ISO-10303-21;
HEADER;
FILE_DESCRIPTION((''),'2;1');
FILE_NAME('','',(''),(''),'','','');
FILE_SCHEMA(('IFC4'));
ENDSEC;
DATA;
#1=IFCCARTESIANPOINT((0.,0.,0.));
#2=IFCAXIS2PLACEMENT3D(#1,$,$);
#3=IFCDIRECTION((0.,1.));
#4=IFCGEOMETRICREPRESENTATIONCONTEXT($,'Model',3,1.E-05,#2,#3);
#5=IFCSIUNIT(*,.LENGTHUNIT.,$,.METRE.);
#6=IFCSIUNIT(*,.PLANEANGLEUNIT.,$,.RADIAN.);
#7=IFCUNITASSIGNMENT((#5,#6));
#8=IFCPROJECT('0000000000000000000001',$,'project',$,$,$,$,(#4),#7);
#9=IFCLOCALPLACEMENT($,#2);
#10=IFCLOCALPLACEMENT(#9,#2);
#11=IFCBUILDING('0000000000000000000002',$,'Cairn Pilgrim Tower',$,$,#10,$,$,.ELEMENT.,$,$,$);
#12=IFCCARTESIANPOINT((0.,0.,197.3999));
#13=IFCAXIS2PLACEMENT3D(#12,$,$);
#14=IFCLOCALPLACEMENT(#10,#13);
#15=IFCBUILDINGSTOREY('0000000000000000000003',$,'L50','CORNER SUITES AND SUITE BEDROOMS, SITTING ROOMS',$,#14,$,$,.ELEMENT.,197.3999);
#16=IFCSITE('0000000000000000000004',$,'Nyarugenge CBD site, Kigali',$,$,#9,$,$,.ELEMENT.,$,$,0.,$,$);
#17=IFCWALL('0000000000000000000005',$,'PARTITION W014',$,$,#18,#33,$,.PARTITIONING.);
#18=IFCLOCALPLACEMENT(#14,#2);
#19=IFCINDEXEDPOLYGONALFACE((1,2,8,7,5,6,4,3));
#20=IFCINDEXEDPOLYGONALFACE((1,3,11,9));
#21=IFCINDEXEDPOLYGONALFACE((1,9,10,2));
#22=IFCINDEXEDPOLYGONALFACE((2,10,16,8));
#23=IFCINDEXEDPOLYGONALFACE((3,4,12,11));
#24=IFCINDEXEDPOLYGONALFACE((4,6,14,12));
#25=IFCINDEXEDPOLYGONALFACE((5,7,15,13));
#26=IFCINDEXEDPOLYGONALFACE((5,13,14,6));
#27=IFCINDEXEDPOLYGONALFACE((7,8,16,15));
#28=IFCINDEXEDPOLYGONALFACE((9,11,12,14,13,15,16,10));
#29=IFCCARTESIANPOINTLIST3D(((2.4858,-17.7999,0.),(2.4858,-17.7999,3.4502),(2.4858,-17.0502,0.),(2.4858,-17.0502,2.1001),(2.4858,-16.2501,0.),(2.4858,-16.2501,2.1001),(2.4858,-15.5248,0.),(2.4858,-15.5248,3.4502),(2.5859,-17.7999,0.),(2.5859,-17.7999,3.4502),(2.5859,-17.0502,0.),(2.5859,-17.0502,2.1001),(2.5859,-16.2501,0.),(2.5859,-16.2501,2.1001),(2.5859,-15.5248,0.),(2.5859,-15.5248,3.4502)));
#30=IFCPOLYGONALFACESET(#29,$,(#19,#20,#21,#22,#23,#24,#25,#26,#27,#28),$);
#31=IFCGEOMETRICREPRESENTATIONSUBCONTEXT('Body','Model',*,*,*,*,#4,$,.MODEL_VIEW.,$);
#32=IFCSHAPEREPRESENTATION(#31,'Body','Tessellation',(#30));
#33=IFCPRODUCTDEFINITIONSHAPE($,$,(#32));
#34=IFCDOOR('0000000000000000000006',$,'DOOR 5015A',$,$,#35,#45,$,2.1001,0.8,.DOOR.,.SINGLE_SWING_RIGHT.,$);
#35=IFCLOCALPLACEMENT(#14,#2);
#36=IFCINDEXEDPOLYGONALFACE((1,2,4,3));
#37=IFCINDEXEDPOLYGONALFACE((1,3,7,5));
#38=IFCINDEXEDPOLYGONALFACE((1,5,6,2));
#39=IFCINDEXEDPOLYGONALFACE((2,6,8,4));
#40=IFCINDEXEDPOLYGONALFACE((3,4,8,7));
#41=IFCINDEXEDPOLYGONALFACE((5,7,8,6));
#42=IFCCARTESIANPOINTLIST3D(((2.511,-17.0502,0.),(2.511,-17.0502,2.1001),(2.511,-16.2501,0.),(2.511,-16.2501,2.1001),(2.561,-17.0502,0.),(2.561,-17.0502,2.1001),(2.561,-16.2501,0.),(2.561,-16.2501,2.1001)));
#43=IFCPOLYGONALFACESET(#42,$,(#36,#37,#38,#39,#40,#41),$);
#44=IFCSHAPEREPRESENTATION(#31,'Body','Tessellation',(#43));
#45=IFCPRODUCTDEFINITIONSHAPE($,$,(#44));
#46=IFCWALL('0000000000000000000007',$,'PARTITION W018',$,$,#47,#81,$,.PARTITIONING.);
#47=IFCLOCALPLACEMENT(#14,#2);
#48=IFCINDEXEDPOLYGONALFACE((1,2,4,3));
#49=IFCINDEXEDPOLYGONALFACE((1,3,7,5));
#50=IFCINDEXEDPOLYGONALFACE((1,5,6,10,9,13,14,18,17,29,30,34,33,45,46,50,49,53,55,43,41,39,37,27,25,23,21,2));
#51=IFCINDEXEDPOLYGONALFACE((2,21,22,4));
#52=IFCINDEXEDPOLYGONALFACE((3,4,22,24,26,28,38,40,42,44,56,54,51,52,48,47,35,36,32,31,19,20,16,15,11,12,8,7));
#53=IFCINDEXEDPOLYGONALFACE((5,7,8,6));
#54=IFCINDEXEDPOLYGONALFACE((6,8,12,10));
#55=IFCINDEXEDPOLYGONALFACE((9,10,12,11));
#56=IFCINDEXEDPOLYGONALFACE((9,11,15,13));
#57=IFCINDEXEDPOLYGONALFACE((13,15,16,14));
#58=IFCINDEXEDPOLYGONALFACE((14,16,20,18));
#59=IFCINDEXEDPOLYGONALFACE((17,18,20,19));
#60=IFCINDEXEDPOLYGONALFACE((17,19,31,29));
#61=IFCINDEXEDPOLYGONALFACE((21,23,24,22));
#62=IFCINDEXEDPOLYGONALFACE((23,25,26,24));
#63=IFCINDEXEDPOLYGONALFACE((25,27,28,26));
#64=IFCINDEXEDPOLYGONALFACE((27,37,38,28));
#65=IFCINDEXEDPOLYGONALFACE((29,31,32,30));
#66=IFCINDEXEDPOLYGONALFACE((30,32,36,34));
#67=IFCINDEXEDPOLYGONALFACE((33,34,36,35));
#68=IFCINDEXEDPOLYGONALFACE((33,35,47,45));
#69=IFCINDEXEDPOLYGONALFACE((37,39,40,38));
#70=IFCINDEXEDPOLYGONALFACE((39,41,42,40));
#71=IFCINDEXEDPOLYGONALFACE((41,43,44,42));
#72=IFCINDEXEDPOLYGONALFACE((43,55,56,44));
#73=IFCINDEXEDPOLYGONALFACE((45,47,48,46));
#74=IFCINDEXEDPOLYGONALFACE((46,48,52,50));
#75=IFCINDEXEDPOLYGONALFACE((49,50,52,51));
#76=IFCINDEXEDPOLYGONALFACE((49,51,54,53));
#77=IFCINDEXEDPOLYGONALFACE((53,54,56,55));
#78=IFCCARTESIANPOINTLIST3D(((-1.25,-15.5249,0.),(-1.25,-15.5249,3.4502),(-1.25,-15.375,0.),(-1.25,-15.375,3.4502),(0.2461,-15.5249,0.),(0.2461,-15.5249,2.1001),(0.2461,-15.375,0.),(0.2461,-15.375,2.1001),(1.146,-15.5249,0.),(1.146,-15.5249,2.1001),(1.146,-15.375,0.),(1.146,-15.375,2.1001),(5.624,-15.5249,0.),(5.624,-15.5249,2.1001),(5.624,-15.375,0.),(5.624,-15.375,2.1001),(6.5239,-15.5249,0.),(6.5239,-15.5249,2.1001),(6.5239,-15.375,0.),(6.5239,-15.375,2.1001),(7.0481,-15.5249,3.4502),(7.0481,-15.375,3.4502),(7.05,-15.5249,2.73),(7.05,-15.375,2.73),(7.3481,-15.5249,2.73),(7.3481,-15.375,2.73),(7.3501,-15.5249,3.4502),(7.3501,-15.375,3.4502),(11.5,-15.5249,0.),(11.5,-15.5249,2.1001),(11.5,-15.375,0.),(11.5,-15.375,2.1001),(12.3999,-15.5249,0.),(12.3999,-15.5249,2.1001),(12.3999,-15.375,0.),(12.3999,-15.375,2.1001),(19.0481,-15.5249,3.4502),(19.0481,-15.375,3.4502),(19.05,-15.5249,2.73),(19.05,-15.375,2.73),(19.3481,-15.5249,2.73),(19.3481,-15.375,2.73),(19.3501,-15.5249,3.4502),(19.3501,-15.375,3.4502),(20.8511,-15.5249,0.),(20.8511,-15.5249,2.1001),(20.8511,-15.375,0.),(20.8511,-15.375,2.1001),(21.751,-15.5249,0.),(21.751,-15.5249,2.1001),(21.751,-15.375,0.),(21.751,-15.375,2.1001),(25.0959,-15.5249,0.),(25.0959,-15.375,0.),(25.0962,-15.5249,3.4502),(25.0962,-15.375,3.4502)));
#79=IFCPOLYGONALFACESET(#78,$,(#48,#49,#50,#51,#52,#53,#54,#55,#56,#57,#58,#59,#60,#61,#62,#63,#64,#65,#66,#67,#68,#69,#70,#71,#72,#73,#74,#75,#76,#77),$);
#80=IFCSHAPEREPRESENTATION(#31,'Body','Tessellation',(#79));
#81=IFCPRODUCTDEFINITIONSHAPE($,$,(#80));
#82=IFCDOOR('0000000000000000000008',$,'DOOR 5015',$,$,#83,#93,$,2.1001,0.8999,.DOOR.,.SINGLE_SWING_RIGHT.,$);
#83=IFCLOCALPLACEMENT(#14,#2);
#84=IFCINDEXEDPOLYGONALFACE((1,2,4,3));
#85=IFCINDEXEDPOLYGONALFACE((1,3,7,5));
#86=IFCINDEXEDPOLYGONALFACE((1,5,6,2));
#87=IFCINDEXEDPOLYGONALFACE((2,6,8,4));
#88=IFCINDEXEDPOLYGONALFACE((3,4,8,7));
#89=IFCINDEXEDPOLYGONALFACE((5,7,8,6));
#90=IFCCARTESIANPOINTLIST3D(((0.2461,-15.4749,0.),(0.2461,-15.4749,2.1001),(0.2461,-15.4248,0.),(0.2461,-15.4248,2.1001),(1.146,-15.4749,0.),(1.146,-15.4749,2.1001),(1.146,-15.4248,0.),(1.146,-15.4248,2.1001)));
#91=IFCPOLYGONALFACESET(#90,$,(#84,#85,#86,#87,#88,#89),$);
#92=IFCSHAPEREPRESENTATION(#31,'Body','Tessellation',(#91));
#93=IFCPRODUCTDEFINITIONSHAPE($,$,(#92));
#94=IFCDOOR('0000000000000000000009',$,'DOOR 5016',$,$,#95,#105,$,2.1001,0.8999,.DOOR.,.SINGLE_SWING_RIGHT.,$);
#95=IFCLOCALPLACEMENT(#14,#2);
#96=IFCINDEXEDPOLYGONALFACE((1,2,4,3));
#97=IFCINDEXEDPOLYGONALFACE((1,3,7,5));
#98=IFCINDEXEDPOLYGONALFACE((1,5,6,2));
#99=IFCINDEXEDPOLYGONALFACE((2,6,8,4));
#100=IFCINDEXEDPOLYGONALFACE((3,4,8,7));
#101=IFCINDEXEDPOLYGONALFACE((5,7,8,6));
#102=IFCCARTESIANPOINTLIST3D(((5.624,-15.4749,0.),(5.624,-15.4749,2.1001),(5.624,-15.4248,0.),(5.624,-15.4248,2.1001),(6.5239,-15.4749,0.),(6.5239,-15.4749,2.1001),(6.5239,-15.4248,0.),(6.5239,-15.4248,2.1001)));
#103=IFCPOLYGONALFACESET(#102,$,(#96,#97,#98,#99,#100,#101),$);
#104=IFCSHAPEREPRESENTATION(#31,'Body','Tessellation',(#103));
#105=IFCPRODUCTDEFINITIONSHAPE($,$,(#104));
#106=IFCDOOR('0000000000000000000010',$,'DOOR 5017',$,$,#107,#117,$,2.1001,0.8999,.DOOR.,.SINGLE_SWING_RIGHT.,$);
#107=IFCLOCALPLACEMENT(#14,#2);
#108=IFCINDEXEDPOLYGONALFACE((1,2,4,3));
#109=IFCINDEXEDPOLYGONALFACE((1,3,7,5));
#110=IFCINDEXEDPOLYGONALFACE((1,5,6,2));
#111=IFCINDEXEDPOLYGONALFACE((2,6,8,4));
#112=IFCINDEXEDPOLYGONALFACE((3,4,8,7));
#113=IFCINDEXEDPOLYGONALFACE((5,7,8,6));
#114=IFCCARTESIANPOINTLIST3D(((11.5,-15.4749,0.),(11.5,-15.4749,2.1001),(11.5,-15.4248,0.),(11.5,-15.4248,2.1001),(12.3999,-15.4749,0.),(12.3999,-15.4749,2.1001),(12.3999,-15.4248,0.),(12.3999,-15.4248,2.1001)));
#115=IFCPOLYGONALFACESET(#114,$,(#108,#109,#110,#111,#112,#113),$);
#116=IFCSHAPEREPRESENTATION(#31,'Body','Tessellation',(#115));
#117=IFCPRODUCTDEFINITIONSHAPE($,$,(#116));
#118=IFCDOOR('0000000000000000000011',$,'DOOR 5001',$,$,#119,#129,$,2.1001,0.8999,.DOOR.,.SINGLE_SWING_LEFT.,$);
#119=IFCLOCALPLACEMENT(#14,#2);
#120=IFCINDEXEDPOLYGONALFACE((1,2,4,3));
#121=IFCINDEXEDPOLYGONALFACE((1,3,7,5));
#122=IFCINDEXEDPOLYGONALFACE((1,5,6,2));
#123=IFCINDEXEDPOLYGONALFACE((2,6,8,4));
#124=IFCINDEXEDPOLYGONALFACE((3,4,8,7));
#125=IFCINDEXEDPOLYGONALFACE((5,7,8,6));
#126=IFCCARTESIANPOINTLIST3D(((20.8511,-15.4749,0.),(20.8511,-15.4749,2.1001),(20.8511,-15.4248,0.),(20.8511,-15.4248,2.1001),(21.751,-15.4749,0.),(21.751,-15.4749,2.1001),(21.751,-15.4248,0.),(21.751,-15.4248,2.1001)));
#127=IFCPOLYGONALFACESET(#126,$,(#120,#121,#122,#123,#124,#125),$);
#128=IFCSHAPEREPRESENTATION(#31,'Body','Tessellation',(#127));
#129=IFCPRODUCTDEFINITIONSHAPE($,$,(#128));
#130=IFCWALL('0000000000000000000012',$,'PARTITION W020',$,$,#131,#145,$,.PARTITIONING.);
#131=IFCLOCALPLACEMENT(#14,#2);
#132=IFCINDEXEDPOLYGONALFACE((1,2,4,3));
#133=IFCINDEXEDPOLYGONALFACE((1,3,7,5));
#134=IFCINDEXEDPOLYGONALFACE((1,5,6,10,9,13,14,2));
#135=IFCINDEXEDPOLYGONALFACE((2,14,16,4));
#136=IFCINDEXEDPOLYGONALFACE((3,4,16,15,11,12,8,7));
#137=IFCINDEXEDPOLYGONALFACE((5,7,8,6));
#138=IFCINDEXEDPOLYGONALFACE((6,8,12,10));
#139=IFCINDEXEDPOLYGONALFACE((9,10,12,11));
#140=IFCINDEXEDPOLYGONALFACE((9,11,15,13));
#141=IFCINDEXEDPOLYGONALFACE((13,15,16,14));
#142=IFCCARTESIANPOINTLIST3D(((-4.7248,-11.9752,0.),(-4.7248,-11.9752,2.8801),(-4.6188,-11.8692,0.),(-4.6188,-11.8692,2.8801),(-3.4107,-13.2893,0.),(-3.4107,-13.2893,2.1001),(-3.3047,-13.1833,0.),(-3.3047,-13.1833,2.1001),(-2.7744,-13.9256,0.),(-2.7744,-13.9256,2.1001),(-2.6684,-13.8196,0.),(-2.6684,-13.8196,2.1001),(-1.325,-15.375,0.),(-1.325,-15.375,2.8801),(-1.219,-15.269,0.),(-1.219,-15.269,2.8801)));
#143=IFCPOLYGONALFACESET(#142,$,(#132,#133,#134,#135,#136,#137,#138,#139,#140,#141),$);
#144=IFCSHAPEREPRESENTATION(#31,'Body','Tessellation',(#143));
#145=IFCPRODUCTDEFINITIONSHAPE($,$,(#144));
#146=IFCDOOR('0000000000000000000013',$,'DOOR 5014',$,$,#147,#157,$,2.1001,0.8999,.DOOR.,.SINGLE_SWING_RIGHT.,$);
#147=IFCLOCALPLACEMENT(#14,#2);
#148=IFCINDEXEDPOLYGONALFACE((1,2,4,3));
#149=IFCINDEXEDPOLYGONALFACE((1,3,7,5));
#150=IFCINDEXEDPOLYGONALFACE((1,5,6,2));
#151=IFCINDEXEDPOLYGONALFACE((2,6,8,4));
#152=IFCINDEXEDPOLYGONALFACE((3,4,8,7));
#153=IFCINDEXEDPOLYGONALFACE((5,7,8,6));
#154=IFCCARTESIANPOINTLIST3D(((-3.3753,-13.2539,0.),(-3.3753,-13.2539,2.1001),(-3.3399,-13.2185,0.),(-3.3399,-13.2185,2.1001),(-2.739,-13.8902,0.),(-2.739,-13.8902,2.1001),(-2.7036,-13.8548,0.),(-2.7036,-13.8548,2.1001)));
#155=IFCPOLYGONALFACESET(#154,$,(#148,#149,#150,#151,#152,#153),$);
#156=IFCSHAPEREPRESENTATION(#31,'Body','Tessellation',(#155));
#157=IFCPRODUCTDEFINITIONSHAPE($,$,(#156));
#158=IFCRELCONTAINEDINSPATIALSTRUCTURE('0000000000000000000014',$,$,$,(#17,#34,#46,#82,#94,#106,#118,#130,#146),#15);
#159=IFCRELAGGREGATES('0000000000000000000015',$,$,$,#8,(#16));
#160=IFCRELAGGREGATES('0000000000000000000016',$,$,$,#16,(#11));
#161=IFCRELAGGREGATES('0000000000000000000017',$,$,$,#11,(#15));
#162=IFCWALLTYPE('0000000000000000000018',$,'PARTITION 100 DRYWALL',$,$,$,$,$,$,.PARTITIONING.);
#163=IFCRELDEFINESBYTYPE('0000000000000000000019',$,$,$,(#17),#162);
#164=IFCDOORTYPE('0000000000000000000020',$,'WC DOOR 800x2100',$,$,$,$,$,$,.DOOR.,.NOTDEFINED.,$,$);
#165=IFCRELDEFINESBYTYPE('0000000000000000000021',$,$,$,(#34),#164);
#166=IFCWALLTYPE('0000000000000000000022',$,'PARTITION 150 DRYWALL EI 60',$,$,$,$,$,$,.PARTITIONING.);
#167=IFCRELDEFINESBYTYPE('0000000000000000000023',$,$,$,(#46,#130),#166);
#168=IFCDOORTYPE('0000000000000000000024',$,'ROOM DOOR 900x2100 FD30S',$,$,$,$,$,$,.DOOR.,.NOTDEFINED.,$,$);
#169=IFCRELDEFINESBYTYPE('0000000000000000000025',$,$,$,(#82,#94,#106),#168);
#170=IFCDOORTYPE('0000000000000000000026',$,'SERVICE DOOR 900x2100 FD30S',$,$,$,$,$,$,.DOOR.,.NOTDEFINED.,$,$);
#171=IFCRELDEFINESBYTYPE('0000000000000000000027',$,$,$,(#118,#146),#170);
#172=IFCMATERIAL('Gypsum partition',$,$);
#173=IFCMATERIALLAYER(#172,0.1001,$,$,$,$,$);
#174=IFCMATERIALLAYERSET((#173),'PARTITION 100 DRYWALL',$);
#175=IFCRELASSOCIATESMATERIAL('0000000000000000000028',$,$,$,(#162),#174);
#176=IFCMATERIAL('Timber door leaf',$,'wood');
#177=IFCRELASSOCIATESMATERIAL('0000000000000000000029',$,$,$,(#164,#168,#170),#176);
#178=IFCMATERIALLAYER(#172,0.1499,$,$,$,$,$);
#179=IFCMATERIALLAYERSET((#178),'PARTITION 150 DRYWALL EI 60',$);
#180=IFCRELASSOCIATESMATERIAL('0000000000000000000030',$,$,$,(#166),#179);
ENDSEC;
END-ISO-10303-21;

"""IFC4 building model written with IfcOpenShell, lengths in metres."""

from ifc_helpers import new_model, si_unit, direction, frame, frame_2d, origin, place, context, subcontext, project, spatial, polyline, rectangle, outline, extrude, material, layer, layer_set, type_object, element, fill, save


model = new_model("IFC4")

# Units and contexts
model_context = context("Model", 3, precision=1e-05, world=origin(), true_north=direction((0.0, 1.0)))
body_context = subcontext(model_context, "Body", "Model", "MODEL_VIEW")
ifc_project = project(units=[si_unit("LENGTHUNIT", "METRE"), si_unit("PLANEANGLEUNIT", "RADIAN")], contexts=[model_context])

# Site, building, storey
site_placement = place(None, origin())
site = spatial("IfcSite", under=ifc_project, at=site_placement, Name="Nyarugenge CBD site, Kigali", CompositionType="ELEMENT", RefElevation=0.0)
building_placement = place(site_placement, origin())
building = spatial("IfcBuilding", under=site, at=building_placement, Name="Cairn Pilgrim Tower", CompositionType="ELEMENT")
storey_placement = place(building_placement, frame((0.0, 0.0, 197.3999)))
storey = spatial("IfcBuildingStorey", under=building, at=storey_placement, Name="L50", Description="CORNER SUITES AND SUITE BEDROOMS, SITTING ROOMS", CompositionType="ELEMENT", Elevation=197.3999)

# Shared definitions
ifc_material_1 = material(Name="Gypsum partition")
ifc_layer_1 = layer(ifc_material_1, 0.1001)
ifc_layer_set_1 = layer_set([ifc_layer_1], Name="PARTITION 100 DRYWALL")
wall_type_1 = type_object("IfcWallType", Name="PARTITION 100 DRYWALL", PredefinedType="PARTITIONING", material=ifc_layer_set_1)

# Shared definitions
ifc_material_2 = material(Name="Timber door leaf", Category="wood")

# Wall, opening, door
wall_1_placement = place(storey_placement, frame((2.5359, -17.8, 0.0), z_axis=(0.0, 0.0, 1.0), x_axis=(0.0, 1.0, 0.0)))
wall_1 = element("IfcWall", 1, at=wall_1_placement, inside=storey, type_object=wall_type_1, Name="PARTITION W014", PredefinedType="PARTITIONING", context=body_context, shape_type="SweptSolid", body=[
    extrude(rectangle(XDim=2.2751, YDim=0.1001, at=frame_2d((1.1377, 0.0))), origin(), (0.0, 0.0, 1.0), 3.4502),
])
opening_1_placement = place(wall_1_placement, frame((0.75, 0.0, 0.0)))
opening_1 = element("IfcOpeningElement", 2, at=opening_1_placement, cuts=wall_1, PredefinedType="OPENING", context=body_context, shape_type="SweptSolid", body=[
    extrude(rectangle(XDim=0.8, YDim=2.1001, at=frame_2d((0.3999, 1.05))), frame((0.0, 0.0601, 0.0), z_axis=(0.0, -1.0, 0.0), x_axis=(1.0, 0.0, 0.0)), (0.0, 0.0, 1.0), 0.1201),
])
door_type_1 = type_object("IfcDoorType", Name="WC DOOR 800x2100", OperationType="NOTDEFINED", PredefinedType="DOOR", material=ifc_material_2)
door_1_placement = place(opening_1_placement, origin())
door_1 = element("IfcDoor", 3, at=door_1_placement, inside=storey, type_object=door_type_1, Name="DOOR 5015A", OperationType="SINGLE_SWING_RIGHT", OverallHeight=2.1001, OverallWidth=0.8, PredefinedType="DOOR", context=body_context, shape_type="SweptSolid", body=[
    extrude(rectangle(XDim=0.8, YDim=2.1001, at=frame_2d((0.3999, 1.05))), frame((0.0, 0.0249, 0.0), z_axis=(0.0, -1.0, 0.0), x_axis=(1.0, 0.0, 0.0)), (0.0, 0.0, 1.0), 0.05),
])
fill(opening_1, door_1)

# Wall, openings, doors
ifc_layer_2 = layer(ifc_material_1, 0.1499)
ifc_layer_set_2 = layer_set([ifc_layer_2], Name="PARTITION 150 DRYWALL EI 60")
wall_type_2 = type_object("IfcWallType", Name="PARTITION 150 DRYWALL EI 60", PredefinedType="PARTITIONING", material=ifc_layer_set_2)
wall_2_placement = place(storey_placement, frame((-1.25, -15.45, 0.0), z_axis=(0.0, 0.0, 1.0), x_axis=(1.0, 0.0, 0.0)))
wall_2 = element("IfcWall", 4, at=wall_2_placement, inside=storey, type_object=wall_type_2, Name="PARTITION W018", PredefinedType="PARTITIONING", context=body_context, shape_type="SweptSolid", body=[
    extrude(outline(polyline([(0.0, 0.0), (26.3459, 0.0), (26.3462, 3.4502), (20.6001, 3.4502), (20.5981, 2.73), (20.3, 2.73), (20.2981, 3.4502), (8.6001, 3.4502), (8.5981, 2.73), (8.3, 2.73), (8.2981, 3.4502), (0.0, 3.4502), (0.0, 0.0)])), frame((0.0, 0.075, 0.0), z_axis=(0.0, -1.0, 0.0), x_axis=(1.0, 0.0, 0.0)), (0.0, 0.0, 1.0), 0.1499),
])
opening_2_placement = place(wall_2_placement, frame((22.1011, 0.0, 0.0)))
opening_2 = element("IfcOpeningElement", 5, at=opening_2_placement, cuts=wall_2, PredefinedType="OPENING", context=body_context, shape_type="SweptSolid", body=[
    extrude(rectangle(XDim=0.8999, YDim=2.1001, at=frame_2d((0.45, 1.05))), frame((0.0, 0.085, 0.0), z_axis=(0.0, -1.0, 0.0), x_axis=(1.0, 0.0, 0.0)), (0.0, 0.0, 1.0), 0.1699),
])
opening_3_placement = place(wall_2_placement, frame((1.4961, 0.0, 0.0)))
opening_3 = element("IfcOpeningElement", 6, at=opening_3_placement, cuts=wall_2, PredefinedType="OPENING", context=body_context, shape_type="SweptSolid", body=[
    extrude(rectangle(XDim=0.8999, YDim=2.1001, at=frame_2d((0.45, 1.05))), frame((0.0, 0.085, 0.0), z_axis=(0.0, -1.0, 0.0), x_axis=(1.0, 0.0, 0.0)), (0.0, 0.0, 1.0), 0.1699),
])
opening_4_placement = place(wall_2_placement, frame((6.874, 0.0, 0.0)))
opening_4 = element("IfcOpeningElement", 7, at=opening_4_placement, cuts=wall_2, PredefinedType="OPENING", context=body_context, shape_type="SweptSolid", body=[
    extrude(rectangle(XDim=0.8999, YDim=2.1001, at=frame_2d((0.45, 1.05))), frame((0.0, 0.085, 0.0), z_axis=(0.0, -1.0, 0.0), x_axis=(1.0, 0.0, 0.0)), (0.0, 0.0, 1.0), 0.1699),
])
opening_5_placement = place(wall_2_placement, frame((12.75, 0.0, 0.0)))
opening_5 = element("IfcOpeningElement", 8, at=opening_5_placement, cuts=wall_2, PredefinedType="OPENING", context=body_context, shape_type="SweptSolid", body=[
    extrude(rectangle(XDim=0.8999, YDim=2.1001, at=frame_2d((0.45, 1.05))), frame((0.0, 0.085, 0.0), z_axis=(0.0, -1.0, 0.0), x_axis=(1.0, 0.0, 0.0)), (0.0, 0.0, 1.0), 0.1699),
])
door_type_2 = type_object("IfcDoorType", Name="ROOM DOOR 900x2100 FD30S", OperationType="NOTDEFINED", PredefinedType="DOOR", material=ifc_material_2)
door_2_placement = place(opening_3_placement, frame((0.8999, 0.0, 0.0), z_axis=(0.0, 0.0, 1.0), x_axis=(-1.0, 0.0, 0.0)))
door_2 = element("IfcDoor", 9, at=door_2_placement, inside=storey, type_object=door_type_2, Name="DOOR 5015", OperationType="SINGLE_SWING_RIGHT", OverallHeight=2.1001, OverallWidth=0.8999, PredefinedType="DOOR", context=body_context, shape_type="SweptSolid", body=[
    extrude(rectangle(XDim=0.8999, YDim=2.1001, at=frame_2d((0.45, 1.05))), frame((0.0, 0.0249, 0.0), z_axis=(0.0, -1.0, 0.0), x_axis=(1.0, 0.0, 0.0)), (0.0, 0.0, 1.0), 0.05),
])
fill(opening_3, door_2)
door_3_placement = place(opening_4_placement, frame((0.8999, 0.0, 0.0), z_axis=(0.0, 0.0, 1.0), x_axis=(-1.0, 0.0, 0.0)))
door_3 = element("IfcDoor", 10, at=door_3_placement, inside=storey, type_object=door_type_2, Name="DOOR 5016", OperationType="SINGLE_SWING_RIGHT", OverallHeight=2.1001, OverallWidth=0.8999, PredefinedType="DOOR", context=body_context, shape_type="SweptSolid", body=[
    extrude(rectangle(XDim=0.8999, YDim=2.1001, at=frame_2d((0.45, 1.05))), frame((0.0, 0.0249, 0.0), z_axis=(0.0, -1.0, 0.0), x_axis=(1.0, 0.0, 0.0)), (0.0, 0.0, 1.0), 0.05),
])
fill(opening_4, door_3)
door_4_placement = place(opening_5_placement, frame((0.8999, 0.0, 0.0), z_axis=(0.0, 0.0, 1.0), x_axis=(-1.0, 0.0, 0.0)))
door_4 = element("IfcDoor", 11, at=door_4_placement, inside=storey, type_object=door_type_2, Name="DOOR 5017", OperationType="SINGLE_SWING_RIGHT", OverallHeight=2.1001, OverallWidth=0.8999, PredefinedType="DOOR", context=body_context, shape_type="SweptSolid", body=[
    extrude(rectangle(XDim=0.8999, YDim=2.1001, at=frame_2d((0.45, 1.05))), frame((0.0, 0.0249, 0.0), z_axis=(0.0, -1.0, 0.0), x_axis=(1.0, 0.0, 0.0)), (0.0, 0.0, 1.0), 0.05),
])
fill(opening_5, door_4)
door_type_3 = type_object("IfcDoorType", Name="SERVICE DOOR 900x2100 FD30S", OperationType="NOTDEFINED", PredefinedType="DOOR", material=ifc_material_2)
door_5_placement = place(opening_2_placement, frame((0.8999, 0.0, 0.0), z_axis=(0.0, 0.0, 1.0), x_axis=(-1.0, 0.0, 0.0)))
door_5 = element("IfcDoor", 12, at=door_5_placement, inside=storey, type_object=door_type_3, Name="DOOR 5001", OperationType="SINGLE_SWING_LEFT", OverallHeight=2.1001, OverallWidth=0.8999, PredefinedType="DOOR", context=body_context, shape_type="SweptSolid", body=[
    extrude(rectangle(XDim=0.8999, YDim=2.1001, at=frame_2d((0.45, 1.05))), frame((0.0, 0.0249, 0.0), z_axis=(0.0, -1.0, 0.0), x_axis=(1.0, 0.0, 0.0)), (0.0, 0.0, 1.0), 0.05),
])
fill(opening_2, door_5)

# Wall, opening, door
wall_3_placement = place(storey_placement, frame((-1.272, -15.322, 0.0), z_axis=(0.0, 0.0, 1.0), x_axis=(-0.707107, 0.707107, 0.0)))
wall_3 = element("IfcWall", 13, at=wall_3_placement, inside=storey, type_object=wall_type_2, Name="PARTITION W020", PredefinedType="PARTITIONING", context=body_context, shape_type="SweptSolid", body=[
    extrude(rectangle(XDim=4.8081, YDim=0.1499, at=frame_2d((2.4041, 0.0))), origin(), (0.0, 0.0, 1.0), 2.8801),
])
opening_6_placement = place(wall_3_placement, frame((2.0498, 0.0, 0.0)))
opening_6 = element("IfcOpeningElement", 14, at=opening_6_placement, cuts=wall_3, PredefinedType="OPENING", context=body_context, shape_type="SweptSolid", body=[
    extrude(rectangle(XDim=0.8999, YDim=2.1001, at=frame_2d((0.45, 1.05))), frame((0.0, 0.085, 0.0), z_axis=(0.0, -1.0, 0.0), x_axis=(1.0, 0.0, 0.0)), (0.0, 0.0, 1.0), 0.1699),
])
door_6_placement = place(opening_6_placement, origin())
door_6 = element("IfcDoor", 15, at=door_6_placement, inside=storey, type_object=door_type_3, Name="DOOR 5014", OperationType="SINGLE_SWING_RIGHT", OverallHeight=2.1001, OverallWidth=0.8999, PredefinedType="DOOR", context=body_context, shape_type="SweptSolid", body=[
    extrude(rectangle(XDim=0.8999, YDim=2.1001, at=frame_2d((0.45, 1.05))), frame((0.0, 0.0249, 0.0), z_axis=(0.0, -1.0, 0.0), x_axis=(1.0, 0.0, 0.0)), (0.0, 0.0, 1.0), 0.05),
])
fill(opening_6, door_6)

save(model, "model.ifc")
